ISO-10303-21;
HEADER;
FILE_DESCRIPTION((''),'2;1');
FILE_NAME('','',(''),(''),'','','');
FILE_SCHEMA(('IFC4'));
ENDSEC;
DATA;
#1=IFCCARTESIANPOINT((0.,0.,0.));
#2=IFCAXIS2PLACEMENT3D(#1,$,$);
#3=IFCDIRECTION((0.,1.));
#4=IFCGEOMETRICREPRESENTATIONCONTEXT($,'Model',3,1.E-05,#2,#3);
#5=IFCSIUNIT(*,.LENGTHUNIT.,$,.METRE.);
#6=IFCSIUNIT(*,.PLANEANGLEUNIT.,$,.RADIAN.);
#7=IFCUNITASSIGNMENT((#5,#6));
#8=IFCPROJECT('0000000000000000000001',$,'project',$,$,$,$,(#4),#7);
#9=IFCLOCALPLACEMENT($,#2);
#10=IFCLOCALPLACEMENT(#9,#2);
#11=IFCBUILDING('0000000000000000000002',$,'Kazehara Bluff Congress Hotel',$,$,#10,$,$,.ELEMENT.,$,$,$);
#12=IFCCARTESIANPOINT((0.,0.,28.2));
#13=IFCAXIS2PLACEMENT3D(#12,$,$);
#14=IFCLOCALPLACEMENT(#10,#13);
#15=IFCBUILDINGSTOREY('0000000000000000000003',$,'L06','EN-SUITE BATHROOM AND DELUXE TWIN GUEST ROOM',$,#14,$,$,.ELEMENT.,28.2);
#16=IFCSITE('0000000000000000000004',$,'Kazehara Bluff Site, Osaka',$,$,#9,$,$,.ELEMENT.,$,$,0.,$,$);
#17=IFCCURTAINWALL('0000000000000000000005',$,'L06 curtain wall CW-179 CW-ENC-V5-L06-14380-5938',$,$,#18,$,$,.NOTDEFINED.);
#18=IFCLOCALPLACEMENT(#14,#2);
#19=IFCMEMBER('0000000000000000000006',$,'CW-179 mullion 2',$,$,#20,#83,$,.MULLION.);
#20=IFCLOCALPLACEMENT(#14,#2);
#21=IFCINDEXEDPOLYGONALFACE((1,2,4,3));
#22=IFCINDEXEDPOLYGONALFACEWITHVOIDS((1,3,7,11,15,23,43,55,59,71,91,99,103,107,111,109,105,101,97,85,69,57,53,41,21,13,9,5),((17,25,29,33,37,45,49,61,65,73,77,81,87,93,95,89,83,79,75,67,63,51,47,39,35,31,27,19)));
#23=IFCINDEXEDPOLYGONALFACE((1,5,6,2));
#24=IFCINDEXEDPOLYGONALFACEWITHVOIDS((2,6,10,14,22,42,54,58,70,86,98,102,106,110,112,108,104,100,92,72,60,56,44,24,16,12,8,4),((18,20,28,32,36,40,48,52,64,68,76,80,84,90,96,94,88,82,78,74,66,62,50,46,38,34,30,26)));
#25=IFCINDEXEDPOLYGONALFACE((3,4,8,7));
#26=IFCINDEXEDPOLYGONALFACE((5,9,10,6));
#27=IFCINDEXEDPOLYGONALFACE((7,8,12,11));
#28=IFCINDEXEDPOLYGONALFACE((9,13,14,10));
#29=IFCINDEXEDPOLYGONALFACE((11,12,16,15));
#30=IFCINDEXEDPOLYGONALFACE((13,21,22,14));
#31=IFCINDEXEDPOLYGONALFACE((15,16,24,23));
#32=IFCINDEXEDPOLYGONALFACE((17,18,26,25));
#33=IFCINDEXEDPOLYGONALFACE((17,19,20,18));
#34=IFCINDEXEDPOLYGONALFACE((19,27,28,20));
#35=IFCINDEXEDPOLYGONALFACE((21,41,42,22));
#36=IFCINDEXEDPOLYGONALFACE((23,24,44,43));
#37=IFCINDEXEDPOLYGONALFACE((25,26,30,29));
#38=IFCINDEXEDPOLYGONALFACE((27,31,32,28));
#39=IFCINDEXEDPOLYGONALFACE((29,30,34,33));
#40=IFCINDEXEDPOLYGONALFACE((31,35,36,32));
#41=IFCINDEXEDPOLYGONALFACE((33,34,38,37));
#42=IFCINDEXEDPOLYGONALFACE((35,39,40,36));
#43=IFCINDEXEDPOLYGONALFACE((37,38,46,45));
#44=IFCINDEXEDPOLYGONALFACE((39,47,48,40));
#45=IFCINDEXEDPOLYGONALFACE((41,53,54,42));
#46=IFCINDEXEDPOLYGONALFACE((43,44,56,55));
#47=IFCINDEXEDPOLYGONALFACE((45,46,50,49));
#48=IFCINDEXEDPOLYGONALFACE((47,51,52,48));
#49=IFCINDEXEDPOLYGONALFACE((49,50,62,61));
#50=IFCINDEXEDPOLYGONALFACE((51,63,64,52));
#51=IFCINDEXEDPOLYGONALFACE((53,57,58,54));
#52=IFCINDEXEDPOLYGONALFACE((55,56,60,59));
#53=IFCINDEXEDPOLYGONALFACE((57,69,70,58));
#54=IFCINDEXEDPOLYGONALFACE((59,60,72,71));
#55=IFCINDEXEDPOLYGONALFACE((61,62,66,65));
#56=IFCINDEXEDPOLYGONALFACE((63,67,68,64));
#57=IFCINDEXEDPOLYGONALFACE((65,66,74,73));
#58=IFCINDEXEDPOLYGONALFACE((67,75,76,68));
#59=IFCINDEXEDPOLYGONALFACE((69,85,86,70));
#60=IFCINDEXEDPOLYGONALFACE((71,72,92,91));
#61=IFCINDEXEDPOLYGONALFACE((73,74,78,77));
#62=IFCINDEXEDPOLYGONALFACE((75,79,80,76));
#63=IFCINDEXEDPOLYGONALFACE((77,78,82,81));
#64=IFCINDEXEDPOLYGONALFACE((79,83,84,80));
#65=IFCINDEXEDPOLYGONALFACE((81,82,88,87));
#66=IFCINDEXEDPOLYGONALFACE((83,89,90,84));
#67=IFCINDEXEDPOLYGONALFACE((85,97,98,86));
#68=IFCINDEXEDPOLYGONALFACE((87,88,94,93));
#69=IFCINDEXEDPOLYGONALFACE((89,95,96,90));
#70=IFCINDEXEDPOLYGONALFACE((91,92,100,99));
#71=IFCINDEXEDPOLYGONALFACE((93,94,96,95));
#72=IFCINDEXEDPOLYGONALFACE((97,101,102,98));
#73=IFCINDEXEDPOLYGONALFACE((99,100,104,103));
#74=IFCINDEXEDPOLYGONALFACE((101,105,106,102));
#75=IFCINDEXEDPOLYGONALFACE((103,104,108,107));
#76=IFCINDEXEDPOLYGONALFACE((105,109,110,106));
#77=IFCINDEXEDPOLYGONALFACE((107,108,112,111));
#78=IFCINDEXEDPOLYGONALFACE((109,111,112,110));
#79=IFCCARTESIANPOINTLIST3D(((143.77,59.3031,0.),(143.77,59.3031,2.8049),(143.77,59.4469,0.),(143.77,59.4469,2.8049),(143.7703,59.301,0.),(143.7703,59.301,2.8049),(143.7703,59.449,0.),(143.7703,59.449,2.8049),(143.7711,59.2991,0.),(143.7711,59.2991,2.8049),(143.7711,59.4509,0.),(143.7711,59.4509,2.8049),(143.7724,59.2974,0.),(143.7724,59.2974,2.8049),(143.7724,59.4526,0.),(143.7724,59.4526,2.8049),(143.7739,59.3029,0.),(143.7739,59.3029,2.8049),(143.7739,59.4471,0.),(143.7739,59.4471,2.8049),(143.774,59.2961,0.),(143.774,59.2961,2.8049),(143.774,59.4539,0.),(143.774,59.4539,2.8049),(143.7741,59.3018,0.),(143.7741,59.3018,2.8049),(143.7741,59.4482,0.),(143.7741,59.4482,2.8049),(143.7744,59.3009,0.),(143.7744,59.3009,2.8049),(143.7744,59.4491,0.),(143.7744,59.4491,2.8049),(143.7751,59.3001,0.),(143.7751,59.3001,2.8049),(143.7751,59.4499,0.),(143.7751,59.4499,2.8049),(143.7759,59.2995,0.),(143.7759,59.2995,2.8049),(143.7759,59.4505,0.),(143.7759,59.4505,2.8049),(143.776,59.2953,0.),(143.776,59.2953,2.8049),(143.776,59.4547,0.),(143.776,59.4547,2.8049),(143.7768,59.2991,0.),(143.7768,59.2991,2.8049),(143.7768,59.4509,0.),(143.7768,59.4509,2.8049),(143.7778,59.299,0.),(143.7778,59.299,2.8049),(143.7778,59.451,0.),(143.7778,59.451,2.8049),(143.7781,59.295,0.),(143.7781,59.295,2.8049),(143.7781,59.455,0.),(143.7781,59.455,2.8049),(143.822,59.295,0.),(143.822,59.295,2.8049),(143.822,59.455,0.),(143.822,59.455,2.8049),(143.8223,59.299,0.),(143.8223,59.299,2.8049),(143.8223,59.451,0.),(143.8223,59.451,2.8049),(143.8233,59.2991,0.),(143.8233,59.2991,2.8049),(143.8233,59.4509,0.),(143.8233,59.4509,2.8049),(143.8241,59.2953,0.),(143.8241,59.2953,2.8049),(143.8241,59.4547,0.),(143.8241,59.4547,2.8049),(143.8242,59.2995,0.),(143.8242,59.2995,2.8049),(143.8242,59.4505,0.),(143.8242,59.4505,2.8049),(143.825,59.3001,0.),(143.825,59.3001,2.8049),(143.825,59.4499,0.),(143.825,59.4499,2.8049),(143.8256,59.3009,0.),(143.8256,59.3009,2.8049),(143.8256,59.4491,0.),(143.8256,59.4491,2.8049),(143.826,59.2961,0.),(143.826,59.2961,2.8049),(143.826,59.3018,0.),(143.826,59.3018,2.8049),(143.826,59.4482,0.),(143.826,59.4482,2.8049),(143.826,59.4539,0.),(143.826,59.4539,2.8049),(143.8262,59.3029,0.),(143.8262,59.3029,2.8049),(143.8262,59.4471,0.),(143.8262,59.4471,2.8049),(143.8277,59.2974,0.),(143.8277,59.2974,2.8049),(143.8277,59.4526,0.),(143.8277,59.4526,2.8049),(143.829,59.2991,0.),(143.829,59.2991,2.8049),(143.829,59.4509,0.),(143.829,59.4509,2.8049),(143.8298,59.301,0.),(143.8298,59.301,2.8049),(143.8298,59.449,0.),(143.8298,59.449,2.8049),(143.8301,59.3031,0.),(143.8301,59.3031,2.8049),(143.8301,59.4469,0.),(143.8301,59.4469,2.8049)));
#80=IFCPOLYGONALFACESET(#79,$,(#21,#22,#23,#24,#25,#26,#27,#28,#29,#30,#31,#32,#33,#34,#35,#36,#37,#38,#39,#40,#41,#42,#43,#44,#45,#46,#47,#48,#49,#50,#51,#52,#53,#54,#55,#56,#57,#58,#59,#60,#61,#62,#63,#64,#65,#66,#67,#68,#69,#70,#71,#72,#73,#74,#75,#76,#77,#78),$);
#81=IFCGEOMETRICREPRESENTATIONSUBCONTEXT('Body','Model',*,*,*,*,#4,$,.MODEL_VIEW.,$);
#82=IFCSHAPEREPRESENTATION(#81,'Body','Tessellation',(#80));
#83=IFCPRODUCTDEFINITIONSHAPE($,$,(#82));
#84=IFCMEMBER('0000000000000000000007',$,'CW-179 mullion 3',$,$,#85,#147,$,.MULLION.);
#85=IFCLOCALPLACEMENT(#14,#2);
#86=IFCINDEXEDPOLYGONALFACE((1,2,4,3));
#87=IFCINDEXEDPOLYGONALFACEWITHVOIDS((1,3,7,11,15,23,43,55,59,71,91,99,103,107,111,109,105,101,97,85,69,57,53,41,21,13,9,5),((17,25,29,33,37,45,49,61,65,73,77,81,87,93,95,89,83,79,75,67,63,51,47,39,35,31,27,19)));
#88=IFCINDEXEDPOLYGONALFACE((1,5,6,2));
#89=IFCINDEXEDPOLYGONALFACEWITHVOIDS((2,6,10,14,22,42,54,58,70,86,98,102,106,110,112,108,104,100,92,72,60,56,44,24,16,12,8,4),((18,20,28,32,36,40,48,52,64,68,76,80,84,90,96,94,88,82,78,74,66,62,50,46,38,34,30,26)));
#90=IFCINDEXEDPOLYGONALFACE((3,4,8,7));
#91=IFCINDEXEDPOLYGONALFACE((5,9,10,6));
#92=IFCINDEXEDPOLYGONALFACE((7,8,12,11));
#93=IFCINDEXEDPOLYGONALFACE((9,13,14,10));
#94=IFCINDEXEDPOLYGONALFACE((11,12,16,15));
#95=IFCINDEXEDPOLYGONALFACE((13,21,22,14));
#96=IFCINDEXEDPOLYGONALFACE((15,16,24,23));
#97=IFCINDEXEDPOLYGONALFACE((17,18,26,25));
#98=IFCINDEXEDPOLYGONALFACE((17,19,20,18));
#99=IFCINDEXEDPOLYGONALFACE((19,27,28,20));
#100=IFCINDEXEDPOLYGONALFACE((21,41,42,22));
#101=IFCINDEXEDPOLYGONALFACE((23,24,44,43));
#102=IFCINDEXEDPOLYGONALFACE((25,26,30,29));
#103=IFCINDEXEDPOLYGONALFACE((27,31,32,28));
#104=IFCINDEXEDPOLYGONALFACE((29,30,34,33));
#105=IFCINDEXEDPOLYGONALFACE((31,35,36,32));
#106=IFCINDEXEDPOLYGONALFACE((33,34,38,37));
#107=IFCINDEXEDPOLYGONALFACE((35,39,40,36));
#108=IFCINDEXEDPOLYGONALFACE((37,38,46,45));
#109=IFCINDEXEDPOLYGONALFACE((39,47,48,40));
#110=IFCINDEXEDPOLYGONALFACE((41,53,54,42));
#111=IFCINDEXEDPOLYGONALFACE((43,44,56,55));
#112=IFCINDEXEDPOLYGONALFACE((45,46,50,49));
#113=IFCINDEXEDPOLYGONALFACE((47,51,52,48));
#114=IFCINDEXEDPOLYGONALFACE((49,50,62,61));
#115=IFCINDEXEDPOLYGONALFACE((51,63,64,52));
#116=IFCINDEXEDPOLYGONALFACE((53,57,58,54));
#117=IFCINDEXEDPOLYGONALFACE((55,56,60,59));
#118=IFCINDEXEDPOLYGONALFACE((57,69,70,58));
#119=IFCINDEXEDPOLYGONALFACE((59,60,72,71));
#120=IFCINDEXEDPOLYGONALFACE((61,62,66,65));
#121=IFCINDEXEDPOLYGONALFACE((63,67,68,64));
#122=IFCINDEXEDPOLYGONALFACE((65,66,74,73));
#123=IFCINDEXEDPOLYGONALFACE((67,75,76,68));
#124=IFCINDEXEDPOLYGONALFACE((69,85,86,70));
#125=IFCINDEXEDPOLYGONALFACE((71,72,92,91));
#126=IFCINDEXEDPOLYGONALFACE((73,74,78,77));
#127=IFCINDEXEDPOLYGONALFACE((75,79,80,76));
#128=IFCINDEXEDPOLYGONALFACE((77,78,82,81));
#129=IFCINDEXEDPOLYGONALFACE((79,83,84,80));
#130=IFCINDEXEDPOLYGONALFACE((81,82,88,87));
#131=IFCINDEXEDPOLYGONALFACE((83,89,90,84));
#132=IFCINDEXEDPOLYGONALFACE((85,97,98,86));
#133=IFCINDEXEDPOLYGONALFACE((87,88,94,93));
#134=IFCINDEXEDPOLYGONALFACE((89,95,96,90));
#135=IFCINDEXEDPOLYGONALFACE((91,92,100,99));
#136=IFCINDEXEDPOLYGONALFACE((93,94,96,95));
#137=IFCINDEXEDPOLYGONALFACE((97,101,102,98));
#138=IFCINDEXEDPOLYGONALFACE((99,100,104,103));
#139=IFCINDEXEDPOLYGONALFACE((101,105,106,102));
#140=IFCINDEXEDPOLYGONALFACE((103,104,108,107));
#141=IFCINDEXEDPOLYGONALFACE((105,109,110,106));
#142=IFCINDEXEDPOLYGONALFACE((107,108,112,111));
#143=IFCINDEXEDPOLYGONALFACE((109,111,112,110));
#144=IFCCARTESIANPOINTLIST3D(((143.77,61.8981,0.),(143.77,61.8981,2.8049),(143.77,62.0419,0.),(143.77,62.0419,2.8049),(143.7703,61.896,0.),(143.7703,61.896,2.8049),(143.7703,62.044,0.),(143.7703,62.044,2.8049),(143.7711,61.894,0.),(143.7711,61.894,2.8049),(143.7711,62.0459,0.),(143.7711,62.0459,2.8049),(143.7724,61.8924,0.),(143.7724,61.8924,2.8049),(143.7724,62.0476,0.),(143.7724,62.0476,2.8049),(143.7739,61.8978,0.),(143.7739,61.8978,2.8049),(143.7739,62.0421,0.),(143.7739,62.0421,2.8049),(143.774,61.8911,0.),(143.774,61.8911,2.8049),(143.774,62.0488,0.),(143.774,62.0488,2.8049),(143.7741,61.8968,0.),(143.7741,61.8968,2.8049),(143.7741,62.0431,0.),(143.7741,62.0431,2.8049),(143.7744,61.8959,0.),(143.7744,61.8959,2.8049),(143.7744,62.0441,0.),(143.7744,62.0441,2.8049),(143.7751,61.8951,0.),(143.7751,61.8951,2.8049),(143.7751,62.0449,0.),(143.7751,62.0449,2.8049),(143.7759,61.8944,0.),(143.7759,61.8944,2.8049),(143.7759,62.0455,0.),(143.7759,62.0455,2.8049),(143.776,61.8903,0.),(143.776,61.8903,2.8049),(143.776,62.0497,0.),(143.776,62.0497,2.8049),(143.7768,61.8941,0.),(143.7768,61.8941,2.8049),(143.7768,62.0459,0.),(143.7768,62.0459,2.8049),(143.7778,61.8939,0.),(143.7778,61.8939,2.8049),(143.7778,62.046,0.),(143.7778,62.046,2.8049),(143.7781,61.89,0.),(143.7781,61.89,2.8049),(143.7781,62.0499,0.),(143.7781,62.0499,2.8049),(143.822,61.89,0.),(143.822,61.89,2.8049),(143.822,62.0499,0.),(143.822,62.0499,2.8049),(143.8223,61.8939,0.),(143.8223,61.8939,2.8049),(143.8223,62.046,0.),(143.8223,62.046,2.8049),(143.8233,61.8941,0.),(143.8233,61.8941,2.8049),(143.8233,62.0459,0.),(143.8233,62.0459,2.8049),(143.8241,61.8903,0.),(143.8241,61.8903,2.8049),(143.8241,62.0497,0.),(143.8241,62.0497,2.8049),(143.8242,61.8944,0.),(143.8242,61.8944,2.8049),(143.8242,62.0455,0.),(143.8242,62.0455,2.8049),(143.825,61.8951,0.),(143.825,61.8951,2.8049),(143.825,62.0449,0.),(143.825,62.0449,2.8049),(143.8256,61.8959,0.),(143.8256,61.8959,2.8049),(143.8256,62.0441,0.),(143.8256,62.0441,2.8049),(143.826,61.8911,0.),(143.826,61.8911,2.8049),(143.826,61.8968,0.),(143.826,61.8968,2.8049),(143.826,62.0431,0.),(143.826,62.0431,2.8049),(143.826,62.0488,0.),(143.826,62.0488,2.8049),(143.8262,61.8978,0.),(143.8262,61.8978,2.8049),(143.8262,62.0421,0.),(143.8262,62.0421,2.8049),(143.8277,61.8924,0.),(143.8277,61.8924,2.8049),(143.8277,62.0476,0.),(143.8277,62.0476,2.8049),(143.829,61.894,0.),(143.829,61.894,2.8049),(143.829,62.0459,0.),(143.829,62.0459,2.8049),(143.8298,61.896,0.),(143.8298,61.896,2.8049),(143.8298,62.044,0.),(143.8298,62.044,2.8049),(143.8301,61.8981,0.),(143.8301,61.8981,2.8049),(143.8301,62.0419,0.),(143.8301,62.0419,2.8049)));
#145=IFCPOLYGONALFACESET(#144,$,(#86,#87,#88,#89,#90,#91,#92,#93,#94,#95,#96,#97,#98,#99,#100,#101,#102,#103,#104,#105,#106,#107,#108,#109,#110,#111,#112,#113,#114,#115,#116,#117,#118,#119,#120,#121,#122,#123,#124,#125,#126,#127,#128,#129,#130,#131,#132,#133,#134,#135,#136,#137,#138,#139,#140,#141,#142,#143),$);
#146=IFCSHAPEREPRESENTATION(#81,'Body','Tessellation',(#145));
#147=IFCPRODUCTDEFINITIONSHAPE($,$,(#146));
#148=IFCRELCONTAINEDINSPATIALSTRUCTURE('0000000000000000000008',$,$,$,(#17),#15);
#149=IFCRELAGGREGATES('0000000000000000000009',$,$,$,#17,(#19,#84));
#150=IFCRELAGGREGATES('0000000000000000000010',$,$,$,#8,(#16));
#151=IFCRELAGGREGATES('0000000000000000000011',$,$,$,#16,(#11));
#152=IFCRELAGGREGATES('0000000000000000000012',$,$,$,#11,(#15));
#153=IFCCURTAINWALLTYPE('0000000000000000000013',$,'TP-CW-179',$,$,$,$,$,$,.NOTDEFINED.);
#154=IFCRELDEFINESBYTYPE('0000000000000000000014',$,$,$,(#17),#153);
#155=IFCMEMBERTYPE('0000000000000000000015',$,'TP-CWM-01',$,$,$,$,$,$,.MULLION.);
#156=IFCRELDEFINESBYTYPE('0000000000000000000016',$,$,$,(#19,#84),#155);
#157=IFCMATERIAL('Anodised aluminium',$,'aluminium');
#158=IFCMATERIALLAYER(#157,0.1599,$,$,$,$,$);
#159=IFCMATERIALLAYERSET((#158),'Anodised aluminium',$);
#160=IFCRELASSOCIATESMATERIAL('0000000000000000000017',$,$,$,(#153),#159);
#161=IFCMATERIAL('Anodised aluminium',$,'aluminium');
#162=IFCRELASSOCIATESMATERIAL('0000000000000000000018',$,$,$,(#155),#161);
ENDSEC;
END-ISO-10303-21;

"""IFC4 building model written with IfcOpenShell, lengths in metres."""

from ifc_helpers import new_model, si_unit, direction, frame, origin, origin_2d, place, context, subcontext, project, spatial, hollow_rectangle, extrude, material, layer, layer_set, material_profile, profile_set, type_object, element, aggregate, save


model = new_model("IFC4")

# Units and contexts
model_context = context("Model", 3, precision=1e-05, world=origin(), true_north=direction((0.0, 1.0)))
body_context = subcontext(model_context, "Body", "Model", "MODEL_VIEW")
ifc_project = project(units=[si_unit("LENGTHUNIT", "METRE"), si_unit("PLANEANGLEUNIT", "RADIAN")], contexts=[model_context])

# Site, building, storey
site_placement = place(None, origin())
site = spatial("IfcSite", under=ifc_project, at=site_placement, Name="Kazehara Bluff Site, Osaka", CompositionType="ELEMENT", RefElevation=0.0)
building_placement = place(site_placement, origin())
building = spatial("IfcBuilding", under=site, at=building_placement, Name="Kazehara Bluff Congress Hotel", CompositionType="ELEMENT")
storey_placement = place(building_placement, frame((0.0, 0.0, 28.2)))
storey = spatial("IfcBuildingStorey", under=building, at=storey_placement, Name="L06", Description="EN-SUITE BATHROOM AND DELUXE TWIN GUEST ROOM", CompositionType="ELEMENT", Elevation=28.2)

# Curtain wall, members
ifc_material_1 = material(Name="Anodised aluminium", Category="aluminium")
ifc_layer_1 = layer(ifc_material_1, 0.1599)
ifc_layer_set_1 = layer_set([ifc_layer_1], Name="Anodised aluminium")
curtain_wall_type = type_object("IfcCurtainWallType", Name="TP-CW-179", PredefinedType="NOTDEFINED", material=ifc_layer_set_1)
curtain_wall_placement = place(storey_placement, origin())
curtain_wall = element("IfcCurtainWall", 1, at=curtain_wall_placement, inside=storey, type_object=curtain_wall_type, Name="L06 curtain wall CW-179 CW-ENC-V5-L06-14380-5938", PredefinedType="NOTDEFINED")
ifc_material_2 = material(Name="Anodised aluminium", Category="aluminium")
ifc_material_profile_1 = material_profile(ifc_material_2, hollow_rectangle(XDim=0.0601, YDim=0.1599, WallThickness=0.0039, InnerFilletRadius=0.0039, OuterFilletRadius=0.0081, at=origin_2d()))
ifc_profile_set_1 = profile_set([ifc_material_profile_1], Name="Anodised aluminium")
member_type_1 = type_object("IfcMemberType", Name="TP-CWM-01", PredefinedType="MULLION", material=ifc_profile_set_1)
member_1_placement = place(storey_placement, frame((143.8, 59.375, 0.0), z_axis=(0.0, 0.0, 1.0), x_axis=(-1.0, 0.0, 0.0)))
member_1 = element("IfcMember", 2, at=member_1_placement, type_object=member_type_1, Name="CW-179 mullion 2", PredefinedType="MULLION", context=body_context, shape_type="SweptSolid", body=[
    extrude(hollow_rectangle(XDim=0.0601, YDim=0.1599, WallThickness=0.0039, InnerFilletRadius=0.0039, OuterFilletRadius=0.0081, at=origin_2d()), origin(), (0.0, 0.0, 1.0), 2.8049),
])
member_2_placement = place(storey_placement, frame((143.8, 61.97, 0.0), z_axis=(0.0, 0.0, 1.0), x_axis=(-1.0, 0.0, 0.0)))
member_2 = element("IfcMember", 3, at=member_2_placement, type_object=member_type_1, Name="CW-179 mullion 3", PredefinedType="MULLION", context=body_context, shape_type="SweptSolid", body=[
    extrude(hollow_rectangle(XDim=0.0601, YDim=0.1599, WallThickness=0.0039, InnerFilletRadius=0.0039, OuterFilletRadius=0.0081, at=origin_2d()), origin(), (0.0, 0.0, 1.0), 2.8049),
])

aggregate(curtain_wall, [member_1, member_2])

save(model, "model.ifc")
